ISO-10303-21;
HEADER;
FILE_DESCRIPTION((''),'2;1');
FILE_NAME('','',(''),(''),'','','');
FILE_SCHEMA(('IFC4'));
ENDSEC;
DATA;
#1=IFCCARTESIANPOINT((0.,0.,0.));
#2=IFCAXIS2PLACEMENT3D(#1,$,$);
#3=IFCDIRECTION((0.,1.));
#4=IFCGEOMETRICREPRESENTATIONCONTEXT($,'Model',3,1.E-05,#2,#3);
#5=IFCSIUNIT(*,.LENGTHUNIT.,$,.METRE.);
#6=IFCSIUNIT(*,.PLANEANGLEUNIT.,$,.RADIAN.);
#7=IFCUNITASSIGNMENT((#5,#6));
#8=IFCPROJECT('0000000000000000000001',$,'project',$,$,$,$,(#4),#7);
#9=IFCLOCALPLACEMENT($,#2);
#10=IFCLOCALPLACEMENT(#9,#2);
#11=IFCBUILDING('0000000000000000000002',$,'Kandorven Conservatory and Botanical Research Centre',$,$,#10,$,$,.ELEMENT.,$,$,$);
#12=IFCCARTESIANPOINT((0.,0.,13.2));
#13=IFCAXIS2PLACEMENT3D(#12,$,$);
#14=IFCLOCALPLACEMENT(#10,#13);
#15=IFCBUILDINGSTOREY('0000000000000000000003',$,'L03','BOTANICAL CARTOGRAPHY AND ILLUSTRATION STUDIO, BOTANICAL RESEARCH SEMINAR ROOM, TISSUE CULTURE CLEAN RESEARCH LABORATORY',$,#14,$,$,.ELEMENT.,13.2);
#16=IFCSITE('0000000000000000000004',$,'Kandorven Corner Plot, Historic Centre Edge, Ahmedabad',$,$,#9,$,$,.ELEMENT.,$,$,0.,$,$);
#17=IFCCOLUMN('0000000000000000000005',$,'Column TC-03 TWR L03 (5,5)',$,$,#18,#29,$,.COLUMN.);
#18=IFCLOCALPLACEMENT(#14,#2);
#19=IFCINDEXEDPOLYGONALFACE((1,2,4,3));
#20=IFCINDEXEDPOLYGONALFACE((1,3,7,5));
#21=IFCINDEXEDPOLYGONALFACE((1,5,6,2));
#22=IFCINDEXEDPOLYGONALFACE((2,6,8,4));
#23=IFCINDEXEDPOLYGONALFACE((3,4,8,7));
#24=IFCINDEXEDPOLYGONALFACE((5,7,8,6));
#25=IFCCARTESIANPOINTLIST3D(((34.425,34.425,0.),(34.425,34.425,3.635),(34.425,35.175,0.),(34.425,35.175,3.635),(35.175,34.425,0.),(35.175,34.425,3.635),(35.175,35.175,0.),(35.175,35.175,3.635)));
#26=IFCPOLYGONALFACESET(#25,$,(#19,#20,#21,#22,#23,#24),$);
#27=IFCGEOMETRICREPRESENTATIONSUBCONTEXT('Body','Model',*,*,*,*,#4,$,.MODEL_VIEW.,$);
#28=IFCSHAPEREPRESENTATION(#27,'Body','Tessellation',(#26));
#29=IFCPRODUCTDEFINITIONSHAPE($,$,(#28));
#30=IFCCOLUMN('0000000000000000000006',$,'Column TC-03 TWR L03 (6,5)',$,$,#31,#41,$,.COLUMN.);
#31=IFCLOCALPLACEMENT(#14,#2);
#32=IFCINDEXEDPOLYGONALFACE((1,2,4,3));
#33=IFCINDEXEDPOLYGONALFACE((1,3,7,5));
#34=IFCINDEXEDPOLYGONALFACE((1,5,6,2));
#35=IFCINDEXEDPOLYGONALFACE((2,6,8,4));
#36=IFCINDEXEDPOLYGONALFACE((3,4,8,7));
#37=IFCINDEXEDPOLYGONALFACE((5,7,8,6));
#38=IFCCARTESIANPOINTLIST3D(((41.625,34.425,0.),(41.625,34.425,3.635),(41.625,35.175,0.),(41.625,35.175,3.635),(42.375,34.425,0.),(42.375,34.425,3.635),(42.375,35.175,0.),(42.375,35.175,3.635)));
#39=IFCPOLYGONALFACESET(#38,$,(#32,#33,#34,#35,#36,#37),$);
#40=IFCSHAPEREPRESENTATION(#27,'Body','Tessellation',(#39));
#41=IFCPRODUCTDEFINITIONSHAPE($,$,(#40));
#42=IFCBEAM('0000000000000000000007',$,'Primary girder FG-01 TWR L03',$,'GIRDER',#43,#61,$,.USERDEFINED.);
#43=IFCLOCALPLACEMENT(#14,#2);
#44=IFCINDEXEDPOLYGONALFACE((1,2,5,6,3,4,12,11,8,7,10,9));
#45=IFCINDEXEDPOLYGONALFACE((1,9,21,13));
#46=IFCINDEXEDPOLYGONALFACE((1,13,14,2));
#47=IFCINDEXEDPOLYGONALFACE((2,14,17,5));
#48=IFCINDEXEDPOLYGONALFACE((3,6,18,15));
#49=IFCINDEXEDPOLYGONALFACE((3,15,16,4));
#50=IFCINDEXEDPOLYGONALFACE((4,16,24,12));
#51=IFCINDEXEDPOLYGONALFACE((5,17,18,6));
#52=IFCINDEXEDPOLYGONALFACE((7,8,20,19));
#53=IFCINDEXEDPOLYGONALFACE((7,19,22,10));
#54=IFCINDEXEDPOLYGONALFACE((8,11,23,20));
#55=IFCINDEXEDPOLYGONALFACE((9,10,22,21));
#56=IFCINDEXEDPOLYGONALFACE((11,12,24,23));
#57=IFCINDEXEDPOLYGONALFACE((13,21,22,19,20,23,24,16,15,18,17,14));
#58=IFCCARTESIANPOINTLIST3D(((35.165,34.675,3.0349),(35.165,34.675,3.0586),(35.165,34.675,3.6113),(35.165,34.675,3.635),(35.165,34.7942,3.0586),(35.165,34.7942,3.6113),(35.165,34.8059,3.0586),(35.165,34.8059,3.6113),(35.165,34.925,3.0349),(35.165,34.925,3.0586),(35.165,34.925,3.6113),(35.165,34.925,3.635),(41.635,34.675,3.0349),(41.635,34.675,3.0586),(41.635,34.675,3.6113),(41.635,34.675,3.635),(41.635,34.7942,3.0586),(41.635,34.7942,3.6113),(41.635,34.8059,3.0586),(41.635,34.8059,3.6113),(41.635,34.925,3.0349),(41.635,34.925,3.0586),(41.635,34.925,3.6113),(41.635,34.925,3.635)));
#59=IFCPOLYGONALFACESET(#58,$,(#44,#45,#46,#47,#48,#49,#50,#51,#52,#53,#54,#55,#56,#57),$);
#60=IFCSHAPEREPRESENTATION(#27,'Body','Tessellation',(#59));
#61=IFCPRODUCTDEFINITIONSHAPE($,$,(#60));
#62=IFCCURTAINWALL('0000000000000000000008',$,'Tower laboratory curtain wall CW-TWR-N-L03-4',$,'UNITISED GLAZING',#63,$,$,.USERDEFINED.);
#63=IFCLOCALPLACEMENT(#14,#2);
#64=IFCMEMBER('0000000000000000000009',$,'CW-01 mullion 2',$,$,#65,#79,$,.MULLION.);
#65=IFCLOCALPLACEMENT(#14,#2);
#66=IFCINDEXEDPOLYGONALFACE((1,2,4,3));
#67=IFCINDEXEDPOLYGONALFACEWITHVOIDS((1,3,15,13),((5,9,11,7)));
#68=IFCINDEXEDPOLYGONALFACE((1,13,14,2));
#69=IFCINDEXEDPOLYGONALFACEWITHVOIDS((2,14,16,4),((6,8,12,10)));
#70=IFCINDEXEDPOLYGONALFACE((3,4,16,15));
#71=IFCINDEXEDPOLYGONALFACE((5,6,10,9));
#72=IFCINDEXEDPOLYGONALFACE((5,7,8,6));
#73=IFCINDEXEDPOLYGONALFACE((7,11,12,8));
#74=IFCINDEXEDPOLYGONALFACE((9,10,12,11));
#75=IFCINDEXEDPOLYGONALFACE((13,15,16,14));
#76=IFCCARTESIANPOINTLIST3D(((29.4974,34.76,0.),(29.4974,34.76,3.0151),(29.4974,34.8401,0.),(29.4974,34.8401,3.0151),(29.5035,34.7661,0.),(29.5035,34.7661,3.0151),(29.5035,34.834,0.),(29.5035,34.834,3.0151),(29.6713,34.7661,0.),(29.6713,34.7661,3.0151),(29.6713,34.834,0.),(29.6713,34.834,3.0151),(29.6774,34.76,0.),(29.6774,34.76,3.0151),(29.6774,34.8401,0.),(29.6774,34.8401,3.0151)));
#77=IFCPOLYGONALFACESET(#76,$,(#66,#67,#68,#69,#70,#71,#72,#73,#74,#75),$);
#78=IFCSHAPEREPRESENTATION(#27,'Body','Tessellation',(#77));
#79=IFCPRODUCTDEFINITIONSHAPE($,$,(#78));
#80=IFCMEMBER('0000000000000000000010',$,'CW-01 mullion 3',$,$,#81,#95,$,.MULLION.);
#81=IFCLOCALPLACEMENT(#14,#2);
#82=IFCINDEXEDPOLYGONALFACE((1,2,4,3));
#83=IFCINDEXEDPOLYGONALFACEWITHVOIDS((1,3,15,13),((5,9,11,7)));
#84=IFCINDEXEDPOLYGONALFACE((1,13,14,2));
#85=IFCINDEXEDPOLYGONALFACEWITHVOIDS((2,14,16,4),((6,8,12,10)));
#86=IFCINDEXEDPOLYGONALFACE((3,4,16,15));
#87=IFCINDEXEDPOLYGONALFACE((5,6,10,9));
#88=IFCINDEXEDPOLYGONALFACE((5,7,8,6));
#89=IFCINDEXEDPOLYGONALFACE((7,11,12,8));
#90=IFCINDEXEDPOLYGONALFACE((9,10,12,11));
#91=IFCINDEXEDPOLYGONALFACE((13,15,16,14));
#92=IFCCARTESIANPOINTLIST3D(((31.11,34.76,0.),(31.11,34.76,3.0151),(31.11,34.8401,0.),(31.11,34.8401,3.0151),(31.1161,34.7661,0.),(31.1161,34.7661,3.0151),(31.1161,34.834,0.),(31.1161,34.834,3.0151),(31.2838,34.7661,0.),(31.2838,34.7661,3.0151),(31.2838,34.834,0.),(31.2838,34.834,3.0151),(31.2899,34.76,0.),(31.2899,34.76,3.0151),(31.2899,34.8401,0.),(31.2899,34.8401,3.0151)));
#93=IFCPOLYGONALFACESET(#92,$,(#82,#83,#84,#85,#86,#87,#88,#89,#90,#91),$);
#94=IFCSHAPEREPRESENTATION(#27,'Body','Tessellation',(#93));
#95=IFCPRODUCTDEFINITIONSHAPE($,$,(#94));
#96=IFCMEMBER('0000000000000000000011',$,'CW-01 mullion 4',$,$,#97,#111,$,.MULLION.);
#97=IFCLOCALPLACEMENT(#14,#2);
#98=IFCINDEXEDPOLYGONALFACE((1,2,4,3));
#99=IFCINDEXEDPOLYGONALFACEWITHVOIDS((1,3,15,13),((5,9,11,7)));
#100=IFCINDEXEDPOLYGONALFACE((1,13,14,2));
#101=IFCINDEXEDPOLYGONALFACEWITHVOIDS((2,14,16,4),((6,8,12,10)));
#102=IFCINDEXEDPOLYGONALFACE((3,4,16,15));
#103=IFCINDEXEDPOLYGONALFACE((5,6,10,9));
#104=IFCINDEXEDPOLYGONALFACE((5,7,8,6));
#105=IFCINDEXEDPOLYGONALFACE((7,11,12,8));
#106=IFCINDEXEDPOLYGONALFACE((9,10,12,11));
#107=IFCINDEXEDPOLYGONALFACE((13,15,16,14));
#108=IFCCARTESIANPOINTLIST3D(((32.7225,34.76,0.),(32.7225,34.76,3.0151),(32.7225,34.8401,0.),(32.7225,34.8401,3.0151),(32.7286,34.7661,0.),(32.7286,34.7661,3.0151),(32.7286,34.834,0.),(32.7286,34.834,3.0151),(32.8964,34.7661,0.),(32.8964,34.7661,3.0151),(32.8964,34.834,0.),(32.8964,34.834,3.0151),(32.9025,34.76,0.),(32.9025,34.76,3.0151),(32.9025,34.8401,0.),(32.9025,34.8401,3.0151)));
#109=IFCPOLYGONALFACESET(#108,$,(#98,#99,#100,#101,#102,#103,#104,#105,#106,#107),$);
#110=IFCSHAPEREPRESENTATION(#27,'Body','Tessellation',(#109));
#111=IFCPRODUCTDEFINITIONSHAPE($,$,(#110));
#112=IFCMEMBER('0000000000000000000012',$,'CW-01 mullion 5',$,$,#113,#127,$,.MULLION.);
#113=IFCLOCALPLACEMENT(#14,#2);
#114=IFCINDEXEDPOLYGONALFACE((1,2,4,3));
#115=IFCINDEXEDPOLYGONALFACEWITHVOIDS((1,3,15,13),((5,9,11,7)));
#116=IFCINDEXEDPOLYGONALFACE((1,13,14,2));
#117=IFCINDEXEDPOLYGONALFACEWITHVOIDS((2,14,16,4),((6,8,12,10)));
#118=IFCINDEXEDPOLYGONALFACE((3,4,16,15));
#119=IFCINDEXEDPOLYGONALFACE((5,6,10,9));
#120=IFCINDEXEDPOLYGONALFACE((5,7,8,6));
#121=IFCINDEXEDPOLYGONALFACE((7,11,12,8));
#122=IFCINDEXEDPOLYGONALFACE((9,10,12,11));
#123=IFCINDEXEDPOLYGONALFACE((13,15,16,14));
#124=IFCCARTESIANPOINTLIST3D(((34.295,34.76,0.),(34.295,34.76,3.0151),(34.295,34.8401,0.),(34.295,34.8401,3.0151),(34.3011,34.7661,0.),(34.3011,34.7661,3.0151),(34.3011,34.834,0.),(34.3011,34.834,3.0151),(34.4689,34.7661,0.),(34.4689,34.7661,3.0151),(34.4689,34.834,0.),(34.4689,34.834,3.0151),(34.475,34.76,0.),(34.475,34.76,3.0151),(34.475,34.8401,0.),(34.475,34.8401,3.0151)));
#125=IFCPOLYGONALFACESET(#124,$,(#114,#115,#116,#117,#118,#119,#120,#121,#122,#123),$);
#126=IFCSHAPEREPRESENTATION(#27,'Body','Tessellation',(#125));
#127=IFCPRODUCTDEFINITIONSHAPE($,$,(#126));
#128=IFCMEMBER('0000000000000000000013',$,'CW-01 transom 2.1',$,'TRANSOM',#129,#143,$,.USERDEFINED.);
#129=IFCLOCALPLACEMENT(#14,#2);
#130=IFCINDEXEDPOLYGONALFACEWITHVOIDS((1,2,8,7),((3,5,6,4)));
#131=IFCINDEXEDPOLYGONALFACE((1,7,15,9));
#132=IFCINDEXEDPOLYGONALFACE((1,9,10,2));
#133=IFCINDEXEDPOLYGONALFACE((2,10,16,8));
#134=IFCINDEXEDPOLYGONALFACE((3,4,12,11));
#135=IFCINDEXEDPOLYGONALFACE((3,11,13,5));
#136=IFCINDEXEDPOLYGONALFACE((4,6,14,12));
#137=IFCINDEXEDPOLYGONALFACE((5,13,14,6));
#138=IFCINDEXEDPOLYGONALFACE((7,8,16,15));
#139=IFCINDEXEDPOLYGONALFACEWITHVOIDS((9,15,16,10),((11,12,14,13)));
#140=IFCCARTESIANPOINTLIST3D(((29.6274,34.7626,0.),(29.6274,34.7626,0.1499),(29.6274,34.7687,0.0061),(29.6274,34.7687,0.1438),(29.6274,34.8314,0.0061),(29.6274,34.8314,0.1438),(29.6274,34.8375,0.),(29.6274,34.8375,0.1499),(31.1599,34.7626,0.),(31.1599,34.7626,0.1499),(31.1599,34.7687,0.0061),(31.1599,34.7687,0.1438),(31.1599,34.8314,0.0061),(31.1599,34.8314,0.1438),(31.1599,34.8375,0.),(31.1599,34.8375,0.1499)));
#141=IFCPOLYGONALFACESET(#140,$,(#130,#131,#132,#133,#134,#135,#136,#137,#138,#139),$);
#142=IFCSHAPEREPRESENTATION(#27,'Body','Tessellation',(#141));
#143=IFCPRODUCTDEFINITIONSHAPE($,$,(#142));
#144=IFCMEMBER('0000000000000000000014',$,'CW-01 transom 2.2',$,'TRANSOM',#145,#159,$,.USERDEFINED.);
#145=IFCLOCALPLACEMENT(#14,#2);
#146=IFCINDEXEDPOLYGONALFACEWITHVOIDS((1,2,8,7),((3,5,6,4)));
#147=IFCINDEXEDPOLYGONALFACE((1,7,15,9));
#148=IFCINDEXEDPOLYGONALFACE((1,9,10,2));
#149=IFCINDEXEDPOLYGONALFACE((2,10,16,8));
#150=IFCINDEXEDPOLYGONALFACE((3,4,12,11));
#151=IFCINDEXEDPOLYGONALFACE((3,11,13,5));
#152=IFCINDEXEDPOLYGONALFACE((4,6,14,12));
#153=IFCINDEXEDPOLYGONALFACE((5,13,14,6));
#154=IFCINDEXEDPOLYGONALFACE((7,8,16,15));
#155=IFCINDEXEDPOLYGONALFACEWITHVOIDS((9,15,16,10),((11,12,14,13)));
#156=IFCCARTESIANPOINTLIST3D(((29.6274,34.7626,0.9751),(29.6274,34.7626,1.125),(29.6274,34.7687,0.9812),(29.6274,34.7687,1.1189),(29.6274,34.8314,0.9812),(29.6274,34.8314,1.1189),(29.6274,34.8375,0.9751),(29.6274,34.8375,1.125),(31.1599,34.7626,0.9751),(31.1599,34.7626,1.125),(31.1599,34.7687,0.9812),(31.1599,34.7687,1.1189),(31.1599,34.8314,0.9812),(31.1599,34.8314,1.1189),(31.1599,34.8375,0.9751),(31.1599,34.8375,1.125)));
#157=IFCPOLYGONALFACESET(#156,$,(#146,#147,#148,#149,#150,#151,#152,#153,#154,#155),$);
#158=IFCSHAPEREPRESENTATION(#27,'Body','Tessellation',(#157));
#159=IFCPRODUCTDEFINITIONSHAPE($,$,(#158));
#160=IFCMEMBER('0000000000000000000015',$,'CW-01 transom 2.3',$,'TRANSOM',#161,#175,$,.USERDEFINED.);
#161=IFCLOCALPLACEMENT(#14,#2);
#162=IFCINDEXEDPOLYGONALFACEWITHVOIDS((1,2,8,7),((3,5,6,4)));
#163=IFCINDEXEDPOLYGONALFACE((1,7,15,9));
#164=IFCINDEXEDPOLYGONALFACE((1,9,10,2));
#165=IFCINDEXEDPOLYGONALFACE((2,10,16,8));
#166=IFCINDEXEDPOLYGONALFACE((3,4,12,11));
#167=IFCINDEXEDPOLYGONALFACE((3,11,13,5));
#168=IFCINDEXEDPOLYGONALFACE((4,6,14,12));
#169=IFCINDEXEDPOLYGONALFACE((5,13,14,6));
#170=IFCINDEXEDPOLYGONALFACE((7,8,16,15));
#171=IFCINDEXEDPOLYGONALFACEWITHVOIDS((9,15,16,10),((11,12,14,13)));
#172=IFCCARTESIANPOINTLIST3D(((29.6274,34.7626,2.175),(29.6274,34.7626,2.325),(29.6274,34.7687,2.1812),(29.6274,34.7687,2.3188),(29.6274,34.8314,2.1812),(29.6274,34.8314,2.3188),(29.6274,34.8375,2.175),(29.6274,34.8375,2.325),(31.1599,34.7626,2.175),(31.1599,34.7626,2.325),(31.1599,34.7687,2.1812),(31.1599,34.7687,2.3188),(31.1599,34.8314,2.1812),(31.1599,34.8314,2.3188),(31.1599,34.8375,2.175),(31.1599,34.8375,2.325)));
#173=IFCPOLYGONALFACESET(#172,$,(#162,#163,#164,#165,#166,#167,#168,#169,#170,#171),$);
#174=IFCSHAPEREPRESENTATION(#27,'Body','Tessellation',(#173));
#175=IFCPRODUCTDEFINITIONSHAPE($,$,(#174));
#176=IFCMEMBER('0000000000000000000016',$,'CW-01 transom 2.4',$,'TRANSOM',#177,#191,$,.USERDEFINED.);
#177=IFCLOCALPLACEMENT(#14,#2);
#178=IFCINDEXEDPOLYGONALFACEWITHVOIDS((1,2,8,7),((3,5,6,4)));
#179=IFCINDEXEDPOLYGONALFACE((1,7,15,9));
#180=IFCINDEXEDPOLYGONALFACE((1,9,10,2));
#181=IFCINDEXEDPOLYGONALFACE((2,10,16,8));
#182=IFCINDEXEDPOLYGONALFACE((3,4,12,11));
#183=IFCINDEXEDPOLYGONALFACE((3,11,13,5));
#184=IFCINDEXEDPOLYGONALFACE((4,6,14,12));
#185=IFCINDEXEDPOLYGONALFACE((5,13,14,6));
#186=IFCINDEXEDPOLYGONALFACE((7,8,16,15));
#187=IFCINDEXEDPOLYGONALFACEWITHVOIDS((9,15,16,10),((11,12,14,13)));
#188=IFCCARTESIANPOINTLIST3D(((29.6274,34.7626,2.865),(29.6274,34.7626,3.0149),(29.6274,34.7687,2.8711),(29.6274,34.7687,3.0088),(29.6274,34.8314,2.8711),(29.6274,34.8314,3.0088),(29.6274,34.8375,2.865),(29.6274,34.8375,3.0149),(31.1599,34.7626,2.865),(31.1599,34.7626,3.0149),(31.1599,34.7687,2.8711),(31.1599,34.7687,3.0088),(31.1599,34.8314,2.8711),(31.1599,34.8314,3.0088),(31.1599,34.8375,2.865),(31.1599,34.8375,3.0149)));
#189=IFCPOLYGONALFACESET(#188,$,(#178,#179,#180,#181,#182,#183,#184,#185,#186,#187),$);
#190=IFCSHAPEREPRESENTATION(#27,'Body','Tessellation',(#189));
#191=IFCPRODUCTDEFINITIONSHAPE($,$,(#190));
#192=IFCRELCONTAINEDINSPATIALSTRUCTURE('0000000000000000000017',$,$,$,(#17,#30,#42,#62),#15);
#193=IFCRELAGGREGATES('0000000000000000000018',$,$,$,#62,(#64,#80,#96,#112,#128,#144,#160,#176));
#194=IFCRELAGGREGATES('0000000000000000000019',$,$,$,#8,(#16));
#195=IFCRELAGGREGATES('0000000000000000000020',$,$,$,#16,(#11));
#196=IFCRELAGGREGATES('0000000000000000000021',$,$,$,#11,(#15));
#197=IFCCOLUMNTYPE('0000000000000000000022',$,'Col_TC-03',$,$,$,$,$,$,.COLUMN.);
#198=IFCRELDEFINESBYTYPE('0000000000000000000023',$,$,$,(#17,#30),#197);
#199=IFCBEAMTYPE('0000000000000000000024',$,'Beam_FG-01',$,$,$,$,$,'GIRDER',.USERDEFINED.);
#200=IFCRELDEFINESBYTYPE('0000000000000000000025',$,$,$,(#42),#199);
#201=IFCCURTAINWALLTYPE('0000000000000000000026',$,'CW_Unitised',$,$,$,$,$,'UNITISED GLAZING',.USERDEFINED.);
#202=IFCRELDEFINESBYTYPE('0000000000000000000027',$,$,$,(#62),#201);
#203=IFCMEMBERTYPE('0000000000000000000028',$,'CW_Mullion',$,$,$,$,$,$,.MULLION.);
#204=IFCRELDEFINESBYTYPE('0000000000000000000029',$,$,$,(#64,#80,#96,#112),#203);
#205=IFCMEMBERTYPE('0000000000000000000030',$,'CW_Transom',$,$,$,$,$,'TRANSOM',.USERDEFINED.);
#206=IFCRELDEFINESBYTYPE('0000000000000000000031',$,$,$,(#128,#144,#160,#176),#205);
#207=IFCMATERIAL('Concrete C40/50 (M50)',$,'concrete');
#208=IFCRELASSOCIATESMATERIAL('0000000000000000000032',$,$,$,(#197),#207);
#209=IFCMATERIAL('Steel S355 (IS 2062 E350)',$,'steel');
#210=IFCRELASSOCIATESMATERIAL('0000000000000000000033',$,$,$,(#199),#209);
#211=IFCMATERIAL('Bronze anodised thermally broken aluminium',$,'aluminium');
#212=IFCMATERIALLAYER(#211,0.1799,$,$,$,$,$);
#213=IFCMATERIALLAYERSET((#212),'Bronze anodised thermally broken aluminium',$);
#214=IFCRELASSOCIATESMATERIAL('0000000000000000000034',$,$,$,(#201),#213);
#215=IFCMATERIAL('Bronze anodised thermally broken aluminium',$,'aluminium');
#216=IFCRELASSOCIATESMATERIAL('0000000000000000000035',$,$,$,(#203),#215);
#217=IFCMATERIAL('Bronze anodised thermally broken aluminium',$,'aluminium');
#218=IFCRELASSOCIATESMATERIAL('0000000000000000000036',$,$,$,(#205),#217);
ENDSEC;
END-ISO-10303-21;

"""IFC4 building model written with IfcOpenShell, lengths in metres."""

from ifc_helpers import new_model, si_unit, direction, frame, origin, origin_2d, place, context, subcontext, project, spatial, rectangle, hollow_rectangle, i_section, extrude, material, layer, layer_set, material_profile, profile_set, type_object, element, aggregate, save


model = new_model("IFC4")

# Units and contexts
model_context = context("Model", 3, precision=1e-05, world=origin(), true_north=direction((0.0, 1.0)))
body_context = subcontext(model_context, "Body", "Model", "MODEL_VIEW")
ifc_project = project(units=[si_unit("LENGTHUNIT", "METRE"), si_unit("PLANEANGLEUNIT", "RADIAN")], contexts=[model_context])

# Site, building, storey
site_placement = place(None, origin())
site = spatial("IfcSite", under=ifc_project, at=site_placement, Name="Kandorven Corner Plot, Historic Centre Edge, Ahmedabad", CompositionType="ELEMENT", RefElevation=0.0)
building_placement = place(site_placement, origin())
building = spatial("IfcBuilding", under=site, at=building_placement, Name="Kandorven Conservatory and Botanical Research Centre", CompositionType="ELEMENT")
storey_placement = place(building_placement, frame((0.0, 0.0, 13.2)))
storey = spatial("IfcBuildingStorey", under=building, at=storey_placement, Name="L03", Description="BOTANICAL CARTOGRAPHY AND ILLUSTRATION STUDIO, BOTANICAL RESEARCH SEMINAR ROOM, TISSUE CULTURE CLEAN RESEARCH LABORATORY", CompositionType="ELEMENT", Elevation=13.2)

# Columns
ifc_material_1 = material(Name="Concrete C40/50 (M50)", Category="concrete")
ifc_material_profile_1 = material_profile(ifc_material_1, rectangle(XDim=0.75, YDim=0.75, at=origin_2d()))
ifc_profile_set_1 = profile_set([ifc_material_profile_1], Name="Concrete C40/50 (M50)")
column_type = type_object("IfcColumnType", Name="Col_TC-03", PredefinedType="COLUMN", material=ifc_profile_set_1)
for number, where, z_axis, x_axis, name in (
    (1, (34.8, 34.8, 0.0), (0.0, 0.0, 1.0), (1.0, 0.0, 0.0), "Column TC-03 TWR L03 (5,5)"),
    (2, (42.0, 34.8, 0.0), (0.0, 0.0, 1.0), (1.0, 0.0, 0.0), "Column TC-03 TWR L03 (6,5)"),
):
    element("IfcColumn", number, at=place(storey_placement, frame(where, z_axis=z_axis, x_axis=x_axis)), inside=storey, type_object=column_type, Name=name, PredefinedType="COLUMN", context=body_context, shape_type="SweptSolid", body=[
        extrude(rectangle(XDim=0.75, YDim=0.75, at=origin_2d()), origin(), (0.0, 0.0, 1.0), 3.635),
    ])

# Beam
ifc_material_2 = material(Name="Steel S355 (IS 2062 E350)", Category="steel")
ifc_material_profile_2 = material_profile(ifc_material_2, i_section(OverallWidth=0.25, OverallDepth=0.6001, WebThickness=0.0117, FlangeThickness=0.0237, at=origin_2d()))
ifc_profile_set_2 = profile_set([ifc_material_profile_2], Name="Steel S355 (IS 2062 E350)")
beam_type = type_object("IfcBeamType", Name="Beam_FG-01", ElementType="GIRDER", PredefinedType="USERDEFINED", material=ifc_profile_set_2)
beam_placement = place(storey_placement, frame((35.165, 34.8, 3.335), z_axis=(1.0, 0.0, 0.0), x_axis=(0.0, 1.0, 0.0)))
element("IfcBeam", 3, at=beam_placement, inside=storey, type_object=beam_type, Name="Primary girder FG-01 TWR L03", ObjectType="GIRDER", PredefinedType="USERDEFINED", context=body_context, shape_type="SweptSolid", body=[
    extrude(i_section(OverallWidth=0.25, OverallDepth=0.6001, WebThickness=0.0117, FlangeThickness=0.0237, at=origin_2d()), origin(), (0.0, 0.0, 1.0), 6.47),
])

# Curtain wall, members
ifc_material_3 = material(Name="Bronze anodised thermally broken aluminium", Category="aluminium")
ifc_layer_1 = layer(ifc_material_3, 0.1799)
ifc_layer_set_1 = layer_set([ifc_layer_1], Name="Bronze anodised thermally broken aluminium")
curtain_wall_type = type_object("IfcCurtainWallType", Name="CW_Unitised", ElementType="UNITISED GLAZING", PredefinedType="USERDEFINED", material=ifc_layer_set_1)
curtain_wall_placement = place(storey_placement, origin())
curtain_wall = element("IfcCurtainWall", 4, at=curtain_wall_placement, inside=storey, type_object=curtain_wall_type, Name="Tower laboratory curtain wall CW-TWR-N-L03-4", ObjectType="UNITISED GLAZING", PredefinedType="USERDEFINED")
ifc_material_4 = material(Name="Bronze anodised thermally broken aluminium", Category="aluminium")
ifc_material_profile_3 = material_profile(ifc_material_4, hollow_rectangle(XDim=0.0801, YDim=0.1799, WallThickness=0.0061, at=origin_2d()))
ifc_profile_set_3 = profile_set([ifc_material_profile_3], Name="Bronze anodised thermally broken aluminium")
member_type_1 = type_object("IfcMemberType", Name="CW_Mullion", PredefinedType="MULLION", material=ifc_profile_set_3)
member_1_placement = place(storey_placement, frame((29.5874, 34.8, 0.0), z_axis=(0.0, 0.0, 1.0), x_axis=(0.0, 1.0, 0.0)))
member_1 = element("IfcMember", 5, at=member_1_placement, type_object=member_type_1, Name="CW-01 mullion 2", PredefinedType="MULLION", context=body_context, shape_type="SweptSolid", body=[
    extrude(hollow_rectangle(XDim=0.0801, YDim=0.1799, WallThickness=0.0061, at=origin_2d()), origin(), (0.0, 0.0, 1.0), 3.0151),
])
member_2_placement = place(storey_placement, frame((31.2, 34.8, 0.0), z_axis=(0.0, 0.0, 1.0), x_axis=(0.0, 1.0, 0.0)))
member_2 = element("IfcMember", 6, at=member_2_placement, type_object=member_type_1, Name="CW-01 mullion 3", PredefinedType="MULLION", context=body_context, shape_type="SweptSolid", body=[
    extrude(hollow_rectangle(XDim=0.0801, YDim=0.1799, WallThickness=0.0061, at=origin_2d()), origin(), (0.0, 0.0, 1.0), 3.0151),
])
member_3_placement = place(storey_placement, frame((32.8125, 34.8, 0.0), z_axis=(0.0, 0.0, 1.0), x_axis=(0.0, 1.0, 0.0)))
member_3 = element("IfcMember", 7, at=member_3_placement, type_object=member_type_1, Name="CW-01 mullion 4", PredefinedType="MULLION", context=body_context, shape_type="SweptSolid", body=[
    extrude(hollow_rectangle(XDim=0.0801, YDim=0.1799, WallThickness=0.0061, at=origin_2d()), origin(), (0.0, 0.0, 1.0), 3.0151),
])
member_4_placement = place(storey_placement, frame((34.385, 34.8, 0.0), z_axis=(0.0, 0.0, 1.0), x_axis=(0.0, 1.0, 0.0)))
member_4 = element("IfcMember", 8, at=member_4_placement, type_object=member_type_1, Name="CW-01 mullion 5", PredefinedType="MULLION", context=body_context, shape_type="SweptSolid", body=[
    extrude(hollow_rectangle(XDim=0.0801, YDim=0.1799, WallThickness=0.0061, at=origin_2d()), origin(), (0.0, 0.0, 1.0), 3.0151),
])
ifc_material_5 = material(Name="Bronze anodised thermally broken aluminium", Category="aluminium")
ifc_material_profile_4 = material_profile(ifc_material_5, hollow_rectangle(XDim=0.075, YDim=0.1499, WallThickness=0.0061, at=origin_2d()))
ifc_profile_set_4 = profile_set([ifc_material_profile_4], Name="Bronze anodised thermally broken aluminium")
member_type_2 = type_object("IfcMemberType", Name="CW_Transom", ElementType="TRANSOM", PredefinedType="USERDEFINED", material=ifc_profile_set_4)
member_5_placement = place(storey_placement, frame((29.6274, 34.8, 0.075), z_axis=(1.0, 0.0, 0.0), x_axis=(0.0, 1.0, 0.0)))
member_5 = element("IfcMember", 9, at=member_5_placement, type_object=member_type_2, Name="CW-01 transom 2.1", ObjectType="TRANSOM", PredefinedType="USERDEFINED", context=body_context, shape_type="SweptSolid", body=[
    extrude(hollow_rectangle(XDim=0.075, YDim=0.1499, WallThickness=0.0061, at=origin_2d()), origin(), (0.0, 0.0, 1.0), 1.5325),
])
member_6_placement = place(storey_placement, frame((29.6274, 34.8, 1.05), z_axis=(1.0, 0.0, 0.0), x_axis=(0.0, 1.0, 0.0)))
member_6 = element("IfcMember", 10, at=member_6_placement, type_object=member_type_2, Name="CW-01 transom 2.2", ObjectType="TRANSOM", PredefinedType="USERDEFINED", context=body_context, shape_type="SweptSolid", body=[
    extrude(hollow_rectangle(XDim=0.075, YDim=0.1499, WallThickness=0.0061, at=origin_2d()), origin(), (0.0, 0.0, 1.0), 1.5325),
])
member_7_placement = place(storey_placement, frame((29.6274, 34.8, 2.25), z_axis=(1.0, 0.0, 0.0), x_axis=(0.0, 1.0, 0.0)))
member_7 = element("IfcMember", 11, at=member_7_placement, type_object=member_type_2, Name="CW-01 transom 2.3", ObjectType="TRANSOM", PredefinedType="USERDEFINED", context=body_context, shape_type="SweptSolid", body=[
    extrude(hollow_rectangle(XDim=0.075, YDim=0.1499, WallThickness=0.0061, at=origin_2d()), origin(), (0.0, 0.0, 1.0), 1.5325),
])
member_8_placement = place(storey_placement, frame((29.6274, 34.8, 2.9399), z_axis=(1.0, 0.0, 0.0), x_axis=(0.0, 1.0, 0.0)))
member_8 = element("IfcMember", 12, at=member_8_placement, type_object=member_type_2, Name="CW-01 transom 2.4", ObjectType="TRANSOM", PredefinedType="USERDEFINED", context=body_context, shape_type="SweptSolid", body=[
    extrude(hollow_rectangle(XDim=0.075, YDim=0.1499, WallThickness=0.0061, at=origin_2d()), origin(), (0.0, 0.0, 1.0), 1.5325),
])

aggregate(curtain_wall, [member_1, member_2, member_3, member_4, member_5, member_6, member_7, member_8])

save(model, "model.ifc")
